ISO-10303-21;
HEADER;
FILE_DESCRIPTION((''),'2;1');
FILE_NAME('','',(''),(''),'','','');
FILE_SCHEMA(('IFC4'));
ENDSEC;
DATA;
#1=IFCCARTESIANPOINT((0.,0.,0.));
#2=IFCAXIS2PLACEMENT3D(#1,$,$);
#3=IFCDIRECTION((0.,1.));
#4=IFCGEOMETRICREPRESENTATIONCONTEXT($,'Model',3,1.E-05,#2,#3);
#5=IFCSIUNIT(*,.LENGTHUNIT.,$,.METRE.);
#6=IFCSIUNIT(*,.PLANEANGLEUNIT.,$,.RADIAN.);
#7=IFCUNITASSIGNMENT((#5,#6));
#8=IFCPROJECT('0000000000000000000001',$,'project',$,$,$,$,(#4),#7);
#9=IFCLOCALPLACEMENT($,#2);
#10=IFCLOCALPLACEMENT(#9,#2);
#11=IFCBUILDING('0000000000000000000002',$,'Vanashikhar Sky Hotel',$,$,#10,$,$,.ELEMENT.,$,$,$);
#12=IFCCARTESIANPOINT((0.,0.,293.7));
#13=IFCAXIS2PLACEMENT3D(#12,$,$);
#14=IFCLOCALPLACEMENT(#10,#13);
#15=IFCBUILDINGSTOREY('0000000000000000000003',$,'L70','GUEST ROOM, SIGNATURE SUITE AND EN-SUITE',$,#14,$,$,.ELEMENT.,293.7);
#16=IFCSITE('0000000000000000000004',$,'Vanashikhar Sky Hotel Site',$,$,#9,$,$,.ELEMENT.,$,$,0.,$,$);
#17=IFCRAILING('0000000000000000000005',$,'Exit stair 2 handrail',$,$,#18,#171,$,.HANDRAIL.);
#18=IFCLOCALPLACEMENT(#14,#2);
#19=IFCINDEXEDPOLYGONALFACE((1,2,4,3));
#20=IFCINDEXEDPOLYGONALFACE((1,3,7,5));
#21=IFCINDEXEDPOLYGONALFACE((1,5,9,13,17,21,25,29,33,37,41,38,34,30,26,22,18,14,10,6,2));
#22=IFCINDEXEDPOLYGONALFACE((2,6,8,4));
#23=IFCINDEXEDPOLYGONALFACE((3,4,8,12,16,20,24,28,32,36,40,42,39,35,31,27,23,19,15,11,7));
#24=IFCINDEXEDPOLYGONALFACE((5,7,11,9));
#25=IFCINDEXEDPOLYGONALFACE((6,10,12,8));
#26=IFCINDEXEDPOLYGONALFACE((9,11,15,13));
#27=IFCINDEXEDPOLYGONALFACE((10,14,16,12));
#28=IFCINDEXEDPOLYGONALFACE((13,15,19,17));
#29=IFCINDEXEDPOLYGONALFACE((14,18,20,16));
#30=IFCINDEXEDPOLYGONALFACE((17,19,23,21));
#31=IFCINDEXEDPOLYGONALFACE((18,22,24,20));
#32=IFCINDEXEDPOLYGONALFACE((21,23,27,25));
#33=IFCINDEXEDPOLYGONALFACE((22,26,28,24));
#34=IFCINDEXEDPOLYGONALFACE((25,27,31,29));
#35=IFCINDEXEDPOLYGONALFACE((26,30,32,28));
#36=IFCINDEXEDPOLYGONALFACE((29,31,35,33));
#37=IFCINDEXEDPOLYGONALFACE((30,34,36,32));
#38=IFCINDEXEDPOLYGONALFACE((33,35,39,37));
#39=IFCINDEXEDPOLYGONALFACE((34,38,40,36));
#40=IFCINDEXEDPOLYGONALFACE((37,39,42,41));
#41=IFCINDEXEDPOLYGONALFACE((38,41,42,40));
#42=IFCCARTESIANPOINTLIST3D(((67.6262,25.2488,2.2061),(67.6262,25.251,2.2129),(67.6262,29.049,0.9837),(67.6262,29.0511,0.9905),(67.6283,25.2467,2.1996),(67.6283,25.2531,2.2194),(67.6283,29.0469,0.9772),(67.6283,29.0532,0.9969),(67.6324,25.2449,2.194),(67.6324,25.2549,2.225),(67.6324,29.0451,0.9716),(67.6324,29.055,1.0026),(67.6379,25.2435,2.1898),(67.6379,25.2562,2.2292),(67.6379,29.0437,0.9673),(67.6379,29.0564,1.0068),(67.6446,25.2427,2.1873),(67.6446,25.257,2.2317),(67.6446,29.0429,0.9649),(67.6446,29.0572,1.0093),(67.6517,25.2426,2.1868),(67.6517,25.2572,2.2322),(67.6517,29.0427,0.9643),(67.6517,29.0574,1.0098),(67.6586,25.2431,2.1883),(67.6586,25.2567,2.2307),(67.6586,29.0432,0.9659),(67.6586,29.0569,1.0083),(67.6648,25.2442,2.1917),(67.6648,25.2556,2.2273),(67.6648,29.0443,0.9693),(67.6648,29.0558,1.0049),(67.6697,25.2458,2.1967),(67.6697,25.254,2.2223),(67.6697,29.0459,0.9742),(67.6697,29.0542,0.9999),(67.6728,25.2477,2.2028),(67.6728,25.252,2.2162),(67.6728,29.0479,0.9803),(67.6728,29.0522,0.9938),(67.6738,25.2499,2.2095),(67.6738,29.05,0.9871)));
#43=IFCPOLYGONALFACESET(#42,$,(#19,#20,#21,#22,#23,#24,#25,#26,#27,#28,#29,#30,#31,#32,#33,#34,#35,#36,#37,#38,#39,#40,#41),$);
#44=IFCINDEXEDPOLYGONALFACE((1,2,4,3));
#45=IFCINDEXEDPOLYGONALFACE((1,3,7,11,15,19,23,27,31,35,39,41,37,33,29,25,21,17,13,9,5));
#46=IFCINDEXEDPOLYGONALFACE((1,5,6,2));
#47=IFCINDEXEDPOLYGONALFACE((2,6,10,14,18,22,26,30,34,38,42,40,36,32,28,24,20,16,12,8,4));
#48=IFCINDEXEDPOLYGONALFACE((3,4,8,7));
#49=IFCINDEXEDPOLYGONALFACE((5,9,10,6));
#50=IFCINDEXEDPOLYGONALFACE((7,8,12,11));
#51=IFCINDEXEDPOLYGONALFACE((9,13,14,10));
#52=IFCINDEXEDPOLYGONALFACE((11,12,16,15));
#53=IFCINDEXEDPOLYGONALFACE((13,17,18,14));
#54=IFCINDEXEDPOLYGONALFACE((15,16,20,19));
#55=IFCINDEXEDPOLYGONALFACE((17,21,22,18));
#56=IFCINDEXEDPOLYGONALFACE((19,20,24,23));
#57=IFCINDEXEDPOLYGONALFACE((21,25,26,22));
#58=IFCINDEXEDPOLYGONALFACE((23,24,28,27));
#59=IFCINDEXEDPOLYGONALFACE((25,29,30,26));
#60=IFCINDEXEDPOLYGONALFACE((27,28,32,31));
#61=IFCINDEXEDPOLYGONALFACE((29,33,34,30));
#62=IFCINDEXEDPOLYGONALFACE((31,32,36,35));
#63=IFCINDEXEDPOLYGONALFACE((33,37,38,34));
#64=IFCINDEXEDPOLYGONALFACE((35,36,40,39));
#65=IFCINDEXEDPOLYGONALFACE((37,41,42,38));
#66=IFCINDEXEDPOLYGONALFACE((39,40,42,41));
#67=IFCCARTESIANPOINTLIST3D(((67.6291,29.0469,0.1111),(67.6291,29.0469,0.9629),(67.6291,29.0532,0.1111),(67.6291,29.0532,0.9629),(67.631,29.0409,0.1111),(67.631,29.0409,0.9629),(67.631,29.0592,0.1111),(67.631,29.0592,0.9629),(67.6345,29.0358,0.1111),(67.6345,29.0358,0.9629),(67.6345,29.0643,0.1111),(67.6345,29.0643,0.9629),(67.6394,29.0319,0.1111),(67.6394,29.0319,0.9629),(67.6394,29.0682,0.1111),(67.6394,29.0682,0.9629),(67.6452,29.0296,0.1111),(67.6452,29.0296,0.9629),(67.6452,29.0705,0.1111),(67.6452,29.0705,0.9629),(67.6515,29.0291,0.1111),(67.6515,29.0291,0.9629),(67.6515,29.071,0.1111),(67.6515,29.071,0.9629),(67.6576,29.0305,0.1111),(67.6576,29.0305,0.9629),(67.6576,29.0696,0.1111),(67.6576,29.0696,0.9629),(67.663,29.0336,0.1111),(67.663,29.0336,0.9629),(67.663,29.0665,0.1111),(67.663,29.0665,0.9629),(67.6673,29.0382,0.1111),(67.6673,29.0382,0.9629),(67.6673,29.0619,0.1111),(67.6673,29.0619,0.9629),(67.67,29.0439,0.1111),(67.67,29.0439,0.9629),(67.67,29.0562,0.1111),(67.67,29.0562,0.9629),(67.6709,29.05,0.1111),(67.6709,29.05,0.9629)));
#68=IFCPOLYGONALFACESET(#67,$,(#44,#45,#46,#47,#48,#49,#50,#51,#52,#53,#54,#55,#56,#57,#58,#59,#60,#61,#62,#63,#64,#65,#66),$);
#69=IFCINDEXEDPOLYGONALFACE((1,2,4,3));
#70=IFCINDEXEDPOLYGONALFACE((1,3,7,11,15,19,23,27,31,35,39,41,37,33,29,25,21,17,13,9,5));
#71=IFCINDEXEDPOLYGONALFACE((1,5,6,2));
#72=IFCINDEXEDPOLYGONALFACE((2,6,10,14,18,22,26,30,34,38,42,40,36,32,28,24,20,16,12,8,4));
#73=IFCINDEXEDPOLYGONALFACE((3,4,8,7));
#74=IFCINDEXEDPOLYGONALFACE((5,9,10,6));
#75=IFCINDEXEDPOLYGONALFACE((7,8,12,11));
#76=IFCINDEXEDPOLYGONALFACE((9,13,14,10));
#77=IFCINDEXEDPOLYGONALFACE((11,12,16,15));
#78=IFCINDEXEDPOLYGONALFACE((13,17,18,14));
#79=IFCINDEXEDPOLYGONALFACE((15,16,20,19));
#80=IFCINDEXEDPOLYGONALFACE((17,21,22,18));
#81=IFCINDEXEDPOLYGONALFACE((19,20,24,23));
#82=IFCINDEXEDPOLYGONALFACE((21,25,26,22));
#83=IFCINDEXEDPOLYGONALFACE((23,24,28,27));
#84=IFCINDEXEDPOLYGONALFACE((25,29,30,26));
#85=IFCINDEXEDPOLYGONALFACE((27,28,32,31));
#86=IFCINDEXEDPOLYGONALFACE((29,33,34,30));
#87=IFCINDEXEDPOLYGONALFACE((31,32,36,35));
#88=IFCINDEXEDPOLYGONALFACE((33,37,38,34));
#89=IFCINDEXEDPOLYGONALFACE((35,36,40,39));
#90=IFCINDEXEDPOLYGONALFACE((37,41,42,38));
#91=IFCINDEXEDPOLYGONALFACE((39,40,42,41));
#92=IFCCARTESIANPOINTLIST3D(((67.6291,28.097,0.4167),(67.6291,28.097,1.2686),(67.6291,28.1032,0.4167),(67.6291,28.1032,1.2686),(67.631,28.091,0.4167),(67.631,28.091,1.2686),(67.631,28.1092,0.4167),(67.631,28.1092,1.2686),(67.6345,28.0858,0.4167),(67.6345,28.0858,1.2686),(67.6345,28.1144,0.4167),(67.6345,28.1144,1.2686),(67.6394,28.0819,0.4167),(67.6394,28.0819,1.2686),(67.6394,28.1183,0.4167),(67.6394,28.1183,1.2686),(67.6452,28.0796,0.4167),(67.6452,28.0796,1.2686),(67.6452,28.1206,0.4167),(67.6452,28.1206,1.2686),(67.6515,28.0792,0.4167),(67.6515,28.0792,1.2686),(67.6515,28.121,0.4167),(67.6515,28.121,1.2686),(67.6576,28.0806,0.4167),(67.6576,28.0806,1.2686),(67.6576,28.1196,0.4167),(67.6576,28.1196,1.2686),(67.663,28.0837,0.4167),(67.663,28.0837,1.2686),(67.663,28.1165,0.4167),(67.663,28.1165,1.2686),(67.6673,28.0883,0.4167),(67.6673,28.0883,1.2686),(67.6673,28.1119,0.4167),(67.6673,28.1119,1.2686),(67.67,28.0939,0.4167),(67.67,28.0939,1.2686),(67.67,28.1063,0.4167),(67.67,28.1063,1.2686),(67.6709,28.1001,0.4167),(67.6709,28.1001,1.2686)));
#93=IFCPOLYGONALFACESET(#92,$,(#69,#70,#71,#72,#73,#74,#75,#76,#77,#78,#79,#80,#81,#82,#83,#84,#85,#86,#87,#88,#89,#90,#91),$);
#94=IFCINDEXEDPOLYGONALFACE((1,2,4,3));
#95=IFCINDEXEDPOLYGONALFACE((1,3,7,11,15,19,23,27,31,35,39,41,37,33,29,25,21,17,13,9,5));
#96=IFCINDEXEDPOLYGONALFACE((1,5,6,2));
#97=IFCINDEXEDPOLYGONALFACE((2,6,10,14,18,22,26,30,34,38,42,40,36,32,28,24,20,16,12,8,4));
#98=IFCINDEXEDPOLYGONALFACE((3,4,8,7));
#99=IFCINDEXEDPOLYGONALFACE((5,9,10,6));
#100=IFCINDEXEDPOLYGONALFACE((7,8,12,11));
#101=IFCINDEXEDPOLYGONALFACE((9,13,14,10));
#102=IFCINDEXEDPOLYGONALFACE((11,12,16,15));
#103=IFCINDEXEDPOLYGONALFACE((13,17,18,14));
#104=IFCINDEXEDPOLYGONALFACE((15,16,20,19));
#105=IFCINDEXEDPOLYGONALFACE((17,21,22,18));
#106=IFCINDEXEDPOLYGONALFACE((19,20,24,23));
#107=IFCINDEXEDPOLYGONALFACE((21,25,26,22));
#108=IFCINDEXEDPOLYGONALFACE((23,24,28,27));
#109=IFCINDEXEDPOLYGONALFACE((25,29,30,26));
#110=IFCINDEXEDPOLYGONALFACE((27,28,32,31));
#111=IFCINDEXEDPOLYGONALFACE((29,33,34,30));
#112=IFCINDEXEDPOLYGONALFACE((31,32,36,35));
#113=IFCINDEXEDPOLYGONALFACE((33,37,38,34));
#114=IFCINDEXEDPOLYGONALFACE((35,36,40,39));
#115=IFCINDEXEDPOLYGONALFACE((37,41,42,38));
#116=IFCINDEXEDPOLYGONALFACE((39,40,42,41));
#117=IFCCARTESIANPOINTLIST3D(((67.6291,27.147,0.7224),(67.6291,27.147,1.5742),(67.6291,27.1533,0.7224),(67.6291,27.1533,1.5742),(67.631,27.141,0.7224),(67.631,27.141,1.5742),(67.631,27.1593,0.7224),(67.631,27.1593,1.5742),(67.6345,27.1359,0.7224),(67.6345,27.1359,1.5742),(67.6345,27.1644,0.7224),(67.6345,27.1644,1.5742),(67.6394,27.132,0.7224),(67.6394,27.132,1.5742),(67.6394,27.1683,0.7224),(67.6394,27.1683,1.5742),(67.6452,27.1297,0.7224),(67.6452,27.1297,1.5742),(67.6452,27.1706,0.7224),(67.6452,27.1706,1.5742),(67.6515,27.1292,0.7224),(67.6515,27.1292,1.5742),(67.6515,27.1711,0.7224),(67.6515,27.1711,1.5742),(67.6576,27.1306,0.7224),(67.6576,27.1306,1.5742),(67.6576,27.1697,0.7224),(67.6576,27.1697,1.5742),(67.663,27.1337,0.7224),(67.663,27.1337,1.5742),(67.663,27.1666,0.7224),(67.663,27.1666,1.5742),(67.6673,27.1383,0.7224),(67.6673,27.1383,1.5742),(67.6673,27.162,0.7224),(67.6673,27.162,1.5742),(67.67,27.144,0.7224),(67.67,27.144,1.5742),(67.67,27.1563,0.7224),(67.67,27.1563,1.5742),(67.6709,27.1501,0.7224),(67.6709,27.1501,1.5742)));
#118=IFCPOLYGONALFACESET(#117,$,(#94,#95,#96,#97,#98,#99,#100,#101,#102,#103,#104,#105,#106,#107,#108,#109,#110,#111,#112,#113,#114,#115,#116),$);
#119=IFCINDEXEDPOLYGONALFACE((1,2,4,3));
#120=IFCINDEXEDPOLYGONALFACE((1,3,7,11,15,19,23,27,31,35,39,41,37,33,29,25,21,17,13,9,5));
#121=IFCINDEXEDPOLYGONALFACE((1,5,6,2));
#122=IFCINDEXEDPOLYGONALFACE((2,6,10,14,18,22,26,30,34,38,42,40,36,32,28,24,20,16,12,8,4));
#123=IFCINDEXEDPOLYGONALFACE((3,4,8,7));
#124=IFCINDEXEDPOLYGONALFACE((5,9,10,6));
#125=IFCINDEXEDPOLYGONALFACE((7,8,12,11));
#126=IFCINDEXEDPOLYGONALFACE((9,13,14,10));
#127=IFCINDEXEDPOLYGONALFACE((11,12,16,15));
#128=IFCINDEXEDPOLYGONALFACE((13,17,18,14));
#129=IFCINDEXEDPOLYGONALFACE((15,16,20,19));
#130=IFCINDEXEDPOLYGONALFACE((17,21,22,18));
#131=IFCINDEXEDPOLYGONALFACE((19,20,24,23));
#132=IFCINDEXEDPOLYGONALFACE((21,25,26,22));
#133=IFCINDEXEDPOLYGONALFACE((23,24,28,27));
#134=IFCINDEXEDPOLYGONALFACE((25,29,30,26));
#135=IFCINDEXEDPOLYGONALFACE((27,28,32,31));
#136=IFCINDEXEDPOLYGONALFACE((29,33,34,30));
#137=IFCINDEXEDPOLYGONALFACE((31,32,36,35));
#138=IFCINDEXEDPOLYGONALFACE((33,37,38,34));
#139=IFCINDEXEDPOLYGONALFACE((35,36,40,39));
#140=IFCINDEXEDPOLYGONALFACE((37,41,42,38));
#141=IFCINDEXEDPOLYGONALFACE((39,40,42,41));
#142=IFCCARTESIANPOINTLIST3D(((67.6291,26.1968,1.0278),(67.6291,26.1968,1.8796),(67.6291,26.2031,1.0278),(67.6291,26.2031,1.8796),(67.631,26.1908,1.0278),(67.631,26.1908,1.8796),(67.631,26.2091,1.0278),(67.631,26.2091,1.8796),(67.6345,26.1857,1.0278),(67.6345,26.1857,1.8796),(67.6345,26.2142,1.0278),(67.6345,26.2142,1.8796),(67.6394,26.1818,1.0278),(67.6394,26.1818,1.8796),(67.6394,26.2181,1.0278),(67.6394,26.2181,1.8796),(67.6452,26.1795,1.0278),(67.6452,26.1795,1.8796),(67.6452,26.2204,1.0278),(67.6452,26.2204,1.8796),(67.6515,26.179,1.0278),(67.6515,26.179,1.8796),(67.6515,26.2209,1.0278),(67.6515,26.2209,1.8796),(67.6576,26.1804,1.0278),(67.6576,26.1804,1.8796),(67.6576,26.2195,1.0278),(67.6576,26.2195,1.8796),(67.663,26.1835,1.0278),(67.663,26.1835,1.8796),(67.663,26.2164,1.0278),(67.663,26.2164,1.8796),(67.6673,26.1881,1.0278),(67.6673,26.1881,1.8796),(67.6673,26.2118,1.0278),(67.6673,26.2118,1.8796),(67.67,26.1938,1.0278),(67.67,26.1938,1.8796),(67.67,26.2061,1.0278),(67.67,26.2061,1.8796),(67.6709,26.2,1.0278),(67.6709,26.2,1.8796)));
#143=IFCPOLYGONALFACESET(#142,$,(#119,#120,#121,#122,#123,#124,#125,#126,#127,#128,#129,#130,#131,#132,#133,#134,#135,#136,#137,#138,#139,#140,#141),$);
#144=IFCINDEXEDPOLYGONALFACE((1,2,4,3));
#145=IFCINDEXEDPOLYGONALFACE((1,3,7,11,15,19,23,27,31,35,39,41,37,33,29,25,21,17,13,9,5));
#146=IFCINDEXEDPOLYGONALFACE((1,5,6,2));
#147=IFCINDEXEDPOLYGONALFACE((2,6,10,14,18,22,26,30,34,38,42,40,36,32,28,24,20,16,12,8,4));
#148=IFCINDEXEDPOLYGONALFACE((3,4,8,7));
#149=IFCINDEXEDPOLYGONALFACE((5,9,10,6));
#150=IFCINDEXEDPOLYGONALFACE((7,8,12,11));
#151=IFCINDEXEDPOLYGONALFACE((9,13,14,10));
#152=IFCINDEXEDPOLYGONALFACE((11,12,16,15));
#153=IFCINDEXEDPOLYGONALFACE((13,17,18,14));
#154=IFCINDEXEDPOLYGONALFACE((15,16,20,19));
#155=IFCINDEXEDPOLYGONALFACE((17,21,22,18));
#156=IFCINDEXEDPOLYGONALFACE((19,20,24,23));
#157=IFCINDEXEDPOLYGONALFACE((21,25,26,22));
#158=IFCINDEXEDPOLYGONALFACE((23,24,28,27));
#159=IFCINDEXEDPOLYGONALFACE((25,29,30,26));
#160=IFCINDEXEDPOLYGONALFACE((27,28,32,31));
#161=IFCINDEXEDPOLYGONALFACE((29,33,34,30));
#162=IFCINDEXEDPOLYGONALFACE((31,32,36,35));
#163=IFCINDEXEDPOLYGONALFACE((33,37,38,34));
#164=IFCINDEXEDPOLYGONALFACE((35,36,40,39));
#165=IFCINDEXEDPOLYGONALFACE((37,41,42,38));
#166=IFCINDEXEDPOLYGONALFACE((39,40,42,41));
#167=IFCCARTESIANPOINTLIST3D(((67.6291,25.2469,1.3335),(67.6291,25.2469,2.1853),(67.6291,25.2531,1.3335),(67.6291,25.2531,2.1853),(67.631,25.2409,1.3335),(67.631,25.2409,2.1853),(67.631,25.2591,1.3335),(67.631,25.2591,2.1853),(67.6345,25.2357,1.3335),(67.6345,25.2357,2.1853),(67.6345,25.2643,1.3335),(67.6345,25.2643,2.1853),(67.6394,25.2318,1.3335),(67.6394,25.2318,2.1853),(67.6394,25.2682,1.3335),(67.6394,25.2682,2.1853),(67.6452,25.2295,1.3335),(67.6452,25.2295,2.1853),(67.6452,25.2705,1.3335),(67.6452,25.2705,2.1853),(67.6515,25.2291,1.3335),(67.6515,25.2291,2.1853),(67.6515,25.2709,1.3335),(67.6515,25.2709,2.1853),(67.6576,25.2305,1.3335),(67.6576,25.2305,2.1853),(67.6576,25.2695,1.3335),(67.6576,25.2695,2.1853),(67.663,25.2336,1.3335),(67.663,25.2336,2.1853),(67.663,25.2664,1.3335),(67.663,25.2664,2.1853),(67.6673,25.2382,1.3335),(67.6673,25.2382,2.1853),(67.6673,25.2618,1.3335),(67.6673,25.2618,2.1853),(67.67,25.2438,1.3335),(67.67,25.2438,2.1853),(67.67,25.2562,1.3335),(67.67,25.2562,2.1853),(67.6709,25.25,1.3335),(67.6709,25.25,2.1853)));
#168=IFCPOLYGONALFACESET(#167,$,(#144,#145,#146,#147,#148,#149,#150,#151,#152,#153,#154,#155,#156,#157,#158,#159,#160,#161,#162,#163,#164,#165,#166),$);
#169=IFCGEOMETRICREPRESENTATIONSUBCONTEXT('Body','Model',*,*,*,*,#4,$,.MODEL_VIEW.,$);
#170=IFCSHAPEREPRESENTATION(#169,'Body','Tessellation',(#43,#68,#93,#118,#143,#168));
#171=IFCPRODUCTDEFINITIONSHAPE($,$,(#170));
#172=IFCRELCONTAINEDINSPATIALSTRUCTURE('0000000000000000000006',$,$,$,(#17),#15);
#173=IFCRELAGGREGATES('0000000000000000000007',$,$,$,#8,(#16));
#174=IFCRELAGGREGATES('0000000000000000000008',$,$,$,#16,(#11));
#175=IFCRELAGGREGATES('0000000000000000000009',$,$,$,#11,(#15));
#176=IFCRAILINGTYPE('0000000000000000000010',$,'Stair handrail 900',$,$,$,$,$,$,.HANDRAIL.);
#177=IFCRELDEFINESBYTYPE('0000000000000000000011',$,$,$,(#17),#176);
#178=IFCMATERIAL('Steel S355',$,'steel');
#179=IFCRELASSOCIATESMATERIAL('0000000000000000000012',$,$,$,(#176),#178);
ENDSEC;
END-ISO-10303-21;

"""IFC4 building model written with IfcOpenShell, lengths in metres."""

from ifc_helpers import new_model, si_unit, direction, frame, origin, origin_2d, place, context, subcontext, project, spatial, circle, extrude, source, transform, mapped, material, type_object, element, save


model = new_model("IFC4")

# Units and contexts
model_context = context("Model", 3, precision=1e-05, world=origin(), true_north=direction((0.0, 1.0)))
body_context = subcontext(model_context, "Body", "Model", "MODEL_VIEW")
ifc_project = project(units=[si_unit("LENGTHUNIT", "METRE"), si_unit("PLANEANGLEUNIT", "RADIAN")], contexts=[model_context])

# Site, building, storey
site_placement = place(None, origin())
site = spatial("IfcSite", under=ifc_project, at=site_placement, Name="Vanashikhar Sky Hotel Site", CompositionType="ELEMENT", RefElevation=0.0)
building_placement = place(site_placement, origin())
building = spatial("IfcBuilding", under=site, at=building_placement, Name="Vanashikhar Sky Hotel", CompositionType="ELEMENT")
storey_placement = place(building_placement, frame((0.0, 0.0, 293.7)))
storey = spatial("IfcBuildingStorey", under=building, at=storey_placement, Name="L70", Description="GUEST ROOM, SIGNATURE SUITE AND EN-SUITE", CompositionType="ELEMENT", Elevation=293.7)

# Railing
ifc_material_1 = material(Name="Steel S355", Category="steel")
railing_type = type_object("IfcRailingType", Name="Stair handrail 900", PredefinedType="HANDRAIL", material=ifc_material_1)
shared_shape_1 = source(origin(), body_context, "Body", "SweptSolid", [
    extrude(circle(Radius=0.0239, at=origin_2d()), frame((0.0, 0.0, 0.876), z_axis=(0.0, -0.951958, 0.306229), x_axis=(1.0, 0.0, 0.0)), (0.0, 0.0, 1.0), 3.9919),
    extrude(circle(Radius=0.021, at=origin_2d()), origin(), (0.0, 0.0, 1.0), 0.8518),
    extrude(circle(Radius=0.021, at=origin_2d()), frame((0.0, -0.95, 0.3057)), (0.0, 0.0, 1.0), 0.8518),
    extrude(circle(Radius=0.021, at=origin_2d()), frame((0.0, -1.8999, 0.6113)), (0.0, 0.0, 1.0), 0.8518),
    extrude(circle(Radius=0.021, at=origin_2d()), frame((0.0, -2.8501, 0.9167)), (0.0, 0.0, 1.0), 0.8518),
    extrude(circle(Radius=0.021, at=origin_2d()), frame((0.0, -3.8, 1.2224)), (0.0, 0.0, 1.0), 0.8518),
])
for number, where, name in (
    (1, (67.6499, 29.05, 0.1111), "Exit stair 2 handrail"),
):
    element("IfcRailing", number, at=place(storey_placement, frame(where)), inside=storey, type_object=railing_type, Name=name, PredefinedType="HANDRAIL", context=body_context, shape_type="MappedRepresentation", body=[
        mapped(shared_shape_1, transform((0.0, 0.0, 0.0), scale=1.0)),
    ])

save(model, "model.ifc")
